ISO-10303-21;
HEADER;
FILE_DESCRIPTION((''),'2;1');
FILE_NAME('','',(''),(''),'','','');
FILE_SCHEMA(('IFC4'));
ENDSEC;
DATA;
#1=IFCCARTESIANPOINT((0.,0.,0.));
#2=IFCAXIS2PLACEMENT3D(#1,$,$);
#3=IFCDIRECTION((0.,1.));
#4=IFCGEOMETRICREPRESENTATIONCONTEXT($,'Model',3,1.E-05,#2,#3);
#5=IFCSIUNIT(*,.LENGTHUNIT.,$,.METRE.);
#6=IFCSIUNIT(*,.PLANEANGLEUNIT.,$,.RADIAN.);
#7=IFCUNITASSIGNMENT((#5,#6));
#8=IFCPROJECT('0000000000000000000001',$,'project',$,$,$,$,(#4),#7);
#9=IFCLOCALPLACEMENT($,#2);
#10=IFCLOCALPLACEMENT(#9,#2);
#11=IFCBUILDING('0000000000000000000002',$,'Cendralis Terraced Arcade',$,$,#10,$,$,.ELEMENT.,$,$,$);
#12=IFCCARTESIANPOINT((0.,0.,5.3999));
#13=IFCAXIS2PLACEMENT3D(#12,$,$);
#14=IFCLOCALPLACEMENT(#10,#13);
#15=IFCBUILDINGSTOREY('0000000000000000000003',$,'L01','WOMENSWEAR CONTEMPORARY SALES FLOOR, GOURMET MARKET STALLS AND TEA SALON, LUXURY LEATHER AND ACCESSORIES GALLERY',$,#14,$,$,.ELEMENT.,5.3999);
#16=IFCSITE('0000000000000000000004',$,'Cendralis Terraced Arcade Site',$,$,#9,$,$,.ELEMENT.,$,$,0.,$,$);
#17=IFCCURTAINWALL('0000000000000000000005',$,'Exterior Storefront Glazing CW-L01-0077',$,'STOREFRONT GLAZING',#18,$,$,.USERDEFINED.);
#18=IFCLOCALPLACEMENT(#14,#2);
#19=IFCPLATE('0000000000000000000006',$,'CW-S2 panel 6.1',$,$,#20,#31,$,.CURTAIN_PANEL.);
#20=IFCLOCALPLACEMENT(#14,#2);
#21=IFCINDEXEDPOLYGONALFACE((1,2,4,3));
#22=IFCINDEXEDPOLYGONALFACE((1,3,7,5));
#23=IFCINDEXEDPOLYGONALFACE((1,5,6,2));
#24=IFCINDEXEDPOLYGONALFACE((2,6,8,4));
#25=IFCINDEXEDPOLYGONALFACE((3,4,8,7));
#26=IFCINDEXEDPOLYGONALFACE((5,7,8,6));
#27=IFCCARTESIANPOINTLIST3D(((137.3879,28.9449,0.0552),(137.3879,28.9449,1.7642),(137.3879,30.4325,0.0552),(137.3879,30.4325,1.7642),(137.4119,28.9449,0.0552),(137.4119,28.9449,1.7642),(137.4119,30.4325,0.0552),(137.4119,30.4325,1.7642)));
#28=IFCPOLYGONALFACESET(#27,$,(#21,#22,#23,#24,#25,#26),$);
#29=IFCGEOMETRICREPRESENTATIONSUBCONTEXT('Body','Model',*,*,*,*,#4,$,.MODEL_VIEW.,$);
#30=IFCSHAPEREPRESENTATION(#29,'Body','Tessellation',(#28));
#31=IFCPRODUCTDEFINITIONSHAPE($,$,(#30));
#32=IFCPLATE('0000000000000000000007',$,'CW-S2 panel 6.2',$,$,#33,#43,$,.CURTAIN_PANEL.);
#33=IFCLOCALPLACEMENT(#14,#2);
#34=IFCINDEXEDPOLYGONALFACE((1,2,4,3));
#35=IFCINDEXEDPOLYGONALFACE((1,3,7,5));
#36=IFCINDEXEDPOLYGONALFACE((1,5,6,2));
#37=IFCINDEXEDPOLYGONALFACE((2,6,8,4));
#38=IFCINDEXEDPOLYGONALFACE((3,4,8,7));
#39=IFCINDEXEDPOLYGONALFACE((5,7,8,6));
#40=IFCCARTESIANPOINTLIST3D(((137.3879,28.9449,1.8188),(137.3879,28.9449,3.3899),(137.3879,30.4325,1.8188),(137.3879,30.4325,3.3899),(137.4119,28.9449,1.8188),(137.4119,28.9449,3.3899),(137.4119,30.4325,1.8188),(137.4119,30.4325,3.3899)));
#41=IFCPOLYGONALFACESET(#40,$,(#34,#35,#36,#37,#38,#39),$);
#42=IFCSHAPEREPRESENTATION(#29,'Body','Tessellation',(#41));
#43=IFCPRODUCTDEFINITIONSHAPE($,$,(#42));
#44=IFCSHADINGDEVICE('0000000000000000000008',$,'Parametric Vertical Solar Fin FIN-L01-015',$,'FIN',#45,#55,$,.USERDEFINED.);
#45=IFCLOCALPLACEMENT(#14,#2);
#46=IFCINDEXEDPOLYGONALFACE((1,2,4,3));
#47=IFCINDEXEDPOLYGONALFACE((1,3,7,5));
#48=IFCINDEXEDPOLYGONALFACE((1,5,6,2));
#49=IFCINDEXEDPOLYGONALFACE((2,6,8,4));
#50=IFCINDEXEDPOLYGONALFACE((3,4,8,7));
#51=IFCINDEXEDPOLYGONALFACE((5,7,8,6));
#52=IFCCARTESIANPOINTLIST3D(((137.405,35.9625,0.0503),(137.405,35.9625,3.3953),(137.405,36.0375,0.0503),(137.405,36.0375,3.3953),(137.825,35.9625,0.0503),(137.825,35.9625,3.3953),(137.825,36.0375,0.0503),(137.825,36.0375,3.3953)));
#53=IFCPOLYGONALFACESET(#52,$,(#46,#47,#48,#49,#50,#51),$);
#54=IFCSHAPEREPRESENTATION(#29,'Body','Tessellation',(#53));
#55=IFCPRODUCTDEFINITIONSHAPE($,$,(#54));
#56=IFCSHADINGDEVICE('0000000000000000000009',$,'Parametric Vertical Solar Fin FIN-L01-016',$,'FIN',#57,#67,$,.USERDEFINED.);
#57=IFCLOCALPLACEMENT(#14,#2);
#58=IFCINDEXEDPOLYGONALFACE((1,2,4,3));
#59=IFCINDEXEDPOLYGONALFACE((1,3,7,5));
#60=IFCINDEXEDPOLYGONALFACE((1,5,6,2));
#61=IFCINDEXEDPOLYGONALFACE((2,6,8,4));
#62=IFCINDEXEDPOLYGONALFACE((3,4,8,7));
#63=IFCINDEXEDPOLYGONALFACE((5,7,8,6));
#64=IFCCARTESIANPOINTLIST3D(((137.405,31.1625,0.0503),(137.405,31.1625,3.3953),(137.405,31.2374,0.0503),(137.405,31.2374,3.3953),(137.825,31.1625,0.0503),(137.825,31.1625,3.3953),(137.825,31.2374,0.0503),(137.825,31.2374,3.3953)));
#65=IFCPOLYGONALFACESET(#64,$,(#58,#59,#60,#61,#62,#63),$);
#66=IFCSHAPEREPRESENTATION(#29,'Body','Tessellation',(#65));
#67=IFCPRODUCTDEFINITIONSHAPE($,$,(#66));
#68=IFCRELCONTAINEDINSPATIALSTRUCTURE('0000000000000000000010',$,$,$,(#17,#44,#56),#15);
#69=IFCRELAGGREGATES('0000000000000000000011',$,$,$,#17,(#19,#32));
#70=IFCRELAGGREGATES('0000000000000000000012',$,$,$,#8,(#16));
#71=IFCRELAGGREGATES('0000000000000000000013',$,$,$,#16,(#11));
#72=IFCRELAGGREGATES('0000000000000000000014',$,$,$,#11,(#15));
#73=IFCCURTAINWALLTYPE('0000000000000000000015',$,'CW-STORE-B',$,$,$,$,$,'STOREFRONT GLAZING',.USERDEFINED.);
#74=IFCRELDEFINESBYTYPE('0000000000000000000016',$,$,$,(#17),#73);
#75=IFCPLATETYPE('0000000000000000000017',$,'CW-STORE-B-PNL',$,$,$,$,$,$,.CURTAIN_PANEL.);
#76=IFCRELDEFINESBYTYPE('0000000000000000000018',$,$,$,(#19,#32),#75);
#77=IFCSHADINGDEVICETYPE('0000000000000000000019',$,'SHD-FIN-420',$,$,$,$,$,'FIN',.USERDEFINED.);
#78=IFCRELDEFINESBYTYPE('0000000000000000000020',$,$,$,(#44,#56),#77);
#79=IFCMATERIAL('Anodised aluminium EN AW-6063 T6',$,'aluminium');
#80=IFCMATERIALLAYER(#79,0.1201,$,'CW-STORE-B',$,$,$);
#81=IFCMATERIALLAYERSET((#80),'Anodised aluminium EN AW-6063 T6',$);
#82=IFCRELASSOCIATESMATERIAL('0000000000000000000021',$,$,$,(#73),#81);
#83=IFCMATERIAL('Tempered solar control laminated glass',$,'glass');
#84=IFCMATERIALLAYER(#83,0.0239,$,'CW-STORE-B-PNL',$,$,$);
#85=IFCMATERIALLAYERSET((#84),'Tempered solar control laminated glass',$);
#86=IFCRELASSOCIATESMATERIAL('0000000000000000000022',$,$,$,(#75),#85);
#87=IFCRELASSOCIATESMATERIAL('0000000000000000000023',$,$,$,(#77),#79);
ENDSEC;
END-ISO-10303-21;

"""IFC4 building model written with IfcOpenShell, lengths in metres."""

from ifc_helpers import new_model, si_unit, direction, frame, origin, origin_2d, place, context, subcontext, project, spatial, rectangle, extrude, material, layer, layer_set, type_object, element, aggregate, save


model = new_model("IFC4")

# Units and contexts
model_context = context("Model", 3, precision=1e-05, world=origin(), true_north=direction((0.0, 1.0)))
body_context = subcontext(model_context, "Body", "Model", "MODEL_VIEW")
ifc_project = project(units=[si_unit("LENGTHUNIT", "METRE"), si_unit("PLANEANGLEUNIT", "RADIAN")], contexts=[model_context])

# Site, building, storey
site_placement = place(None, origin())
site = spatial("IfcSite", under=ifc_project, at=site_placement, Name="Cendralis Terraced Arcade Site", CompositionType="ELEMENT", RefElevation=0.0)
building_placement = place(site_placement, origin())
building = spatial("IfcBuilding", under=site, at=building_placement, Name="Cendralis Terraced Arcade", CompositionType="ELEMENT")
storey_placement = place(building_placement, frame((0.0, 0.0, 5.3999)))
storey = spatial("IfcBuildingStorey", under=building, at=storey_placement, Name="L01", Description="WOMENSWEAR CONTEMPORARY SALES FLOOR, GOURMET MARKET STALLS AND TEA SALON, LUXURY LEATHER AND ACCESSORIES GALLERY", CompositionType="ELEMENT", Elevation=5.3999)

# Curtain wall, plates
ifc_material_1 = material(Name="Anodised aluminium EN AW-6063 T6", Category="aluminium")
ifc_layer_1 = layer(ifc_material_1, 0.1201, Name="CW-STORE-B")
ifc_layer_set_1 = layer_set([ifc_layer_1], Name="Anodised aluminium EN AW-6063 T6")
curtain_wall_type = type_object("IfcCurtainWallType", Name="CW-STORE-B", ElementType="STOREFRONT GLAZING", PredefinedType="USERDEFINED", material=ifc_layer_set_1)
curtain_wall_placement = place(storey_placement, origin())
curtain_wall = element("IfcCurtainWall", 1, at=curtain_wall_placement, inside=storey, type_object=curtain_wall_type, Name="Exterior Storefront Glazing CW-L01-0077", ObjectType="STOREFRONT GLAZING", PredefinedType="USERDEFINED")
ifc_material_2 = material(Name="Tempered solar control laminated glass", Category="glass")
ifc_layer_2 = layer(ifc_material_2, 0.0239, Name="CW-STORE-B-PNL")
ifc_layer_set_2 = layer_set([ifc_layer_2], Name="Tempered solar control laminated glass")
plate_type = type_object("IfcPlateType", Name="CW-STORE-B-PNL", PredefinedType="CURTAIN_PANEL", material=ifc_layer_set_2)
plate_1_placement = place(storey_placement, frame((137.3999, 29.6887, 0.0552), z_axis=(0.0, 0.0, 1.0), x_axis=(0.0, -1.0, 0.0)))
plate_1 = element("IfcPlate", 2, at=plate_1_placement, type_object=plate_type, Name="CW-S2 panel 6.1", PredefinedType="CURTAIN_PANEL", context=body_context, shape_type="SweptSolid", body=[
    extrude(rectangle(XDim=1.4875, YDim=0.0239, at=origin_2d()), origin(), (0.0, 0.0, 1.0), 1.709),
])
plate_2_placement = place(storey_placement, frame((137.3999, 29.6887, 1.8188), z_axis=(0.0, 0.0, 1.0), x_axis=(0.0, -1.0, 0.0)))
plate_2 = element("IfcPlate", 3, at=plate_2_placement, type_object=plate_type, Name="CW-S2 panel 6.2", PredefinedType="CURTAIN_PANEL", context=body_context, shape_type="SweptSolid", body=[
    extrude(rectangle(XDim=1.4875, YDim=0.0239, at=origin_2d()), origin(), (0.0, 0.0, 1.0), 1.571),
])
aggregate(curtain_wall, [plate_1, plate_2])

# Shading devices
shading_device_type = type_object("IfcShadingDeviceType", Name="SHD-FIN-420", ElementType="FIN", PredefinedType="USERDEFINED", material=ifc_material_1)
for number, where, z_axis, x_axis, name in (
    (4, (137.615, 36.0, 0.0503), (0.0, 0.0, 1.0), (0.0, -1.0, 0.0), "Parametric Vertical Solar Fin FIN-L01-015"),
    (5, (137.615, 31.2, 0.0503), (0.0, 0.0, 1.0), (0.0, -1.0, 0.0), "Parametric Vertical Solar Fin FIN-L01-016"),
):
    element("IfcShadingDevice", number, at=place(storey_placement, frame(where, z_axis=z_axis, x_axis=x_axis)), inside=storey, type_object=shading_device_type, Name=name, ObjectType="FIN", PredefinedType="USERDEFINED", context=body_context, shape_type="SweptSolid", body=[
        extrude(rectangle(XDim=0.075, YDim=0.4199, at=origin_2d()), origin(), (0.0, 0.0, 1.0), 3.345),
    ])

save(model, "model.ifc")
